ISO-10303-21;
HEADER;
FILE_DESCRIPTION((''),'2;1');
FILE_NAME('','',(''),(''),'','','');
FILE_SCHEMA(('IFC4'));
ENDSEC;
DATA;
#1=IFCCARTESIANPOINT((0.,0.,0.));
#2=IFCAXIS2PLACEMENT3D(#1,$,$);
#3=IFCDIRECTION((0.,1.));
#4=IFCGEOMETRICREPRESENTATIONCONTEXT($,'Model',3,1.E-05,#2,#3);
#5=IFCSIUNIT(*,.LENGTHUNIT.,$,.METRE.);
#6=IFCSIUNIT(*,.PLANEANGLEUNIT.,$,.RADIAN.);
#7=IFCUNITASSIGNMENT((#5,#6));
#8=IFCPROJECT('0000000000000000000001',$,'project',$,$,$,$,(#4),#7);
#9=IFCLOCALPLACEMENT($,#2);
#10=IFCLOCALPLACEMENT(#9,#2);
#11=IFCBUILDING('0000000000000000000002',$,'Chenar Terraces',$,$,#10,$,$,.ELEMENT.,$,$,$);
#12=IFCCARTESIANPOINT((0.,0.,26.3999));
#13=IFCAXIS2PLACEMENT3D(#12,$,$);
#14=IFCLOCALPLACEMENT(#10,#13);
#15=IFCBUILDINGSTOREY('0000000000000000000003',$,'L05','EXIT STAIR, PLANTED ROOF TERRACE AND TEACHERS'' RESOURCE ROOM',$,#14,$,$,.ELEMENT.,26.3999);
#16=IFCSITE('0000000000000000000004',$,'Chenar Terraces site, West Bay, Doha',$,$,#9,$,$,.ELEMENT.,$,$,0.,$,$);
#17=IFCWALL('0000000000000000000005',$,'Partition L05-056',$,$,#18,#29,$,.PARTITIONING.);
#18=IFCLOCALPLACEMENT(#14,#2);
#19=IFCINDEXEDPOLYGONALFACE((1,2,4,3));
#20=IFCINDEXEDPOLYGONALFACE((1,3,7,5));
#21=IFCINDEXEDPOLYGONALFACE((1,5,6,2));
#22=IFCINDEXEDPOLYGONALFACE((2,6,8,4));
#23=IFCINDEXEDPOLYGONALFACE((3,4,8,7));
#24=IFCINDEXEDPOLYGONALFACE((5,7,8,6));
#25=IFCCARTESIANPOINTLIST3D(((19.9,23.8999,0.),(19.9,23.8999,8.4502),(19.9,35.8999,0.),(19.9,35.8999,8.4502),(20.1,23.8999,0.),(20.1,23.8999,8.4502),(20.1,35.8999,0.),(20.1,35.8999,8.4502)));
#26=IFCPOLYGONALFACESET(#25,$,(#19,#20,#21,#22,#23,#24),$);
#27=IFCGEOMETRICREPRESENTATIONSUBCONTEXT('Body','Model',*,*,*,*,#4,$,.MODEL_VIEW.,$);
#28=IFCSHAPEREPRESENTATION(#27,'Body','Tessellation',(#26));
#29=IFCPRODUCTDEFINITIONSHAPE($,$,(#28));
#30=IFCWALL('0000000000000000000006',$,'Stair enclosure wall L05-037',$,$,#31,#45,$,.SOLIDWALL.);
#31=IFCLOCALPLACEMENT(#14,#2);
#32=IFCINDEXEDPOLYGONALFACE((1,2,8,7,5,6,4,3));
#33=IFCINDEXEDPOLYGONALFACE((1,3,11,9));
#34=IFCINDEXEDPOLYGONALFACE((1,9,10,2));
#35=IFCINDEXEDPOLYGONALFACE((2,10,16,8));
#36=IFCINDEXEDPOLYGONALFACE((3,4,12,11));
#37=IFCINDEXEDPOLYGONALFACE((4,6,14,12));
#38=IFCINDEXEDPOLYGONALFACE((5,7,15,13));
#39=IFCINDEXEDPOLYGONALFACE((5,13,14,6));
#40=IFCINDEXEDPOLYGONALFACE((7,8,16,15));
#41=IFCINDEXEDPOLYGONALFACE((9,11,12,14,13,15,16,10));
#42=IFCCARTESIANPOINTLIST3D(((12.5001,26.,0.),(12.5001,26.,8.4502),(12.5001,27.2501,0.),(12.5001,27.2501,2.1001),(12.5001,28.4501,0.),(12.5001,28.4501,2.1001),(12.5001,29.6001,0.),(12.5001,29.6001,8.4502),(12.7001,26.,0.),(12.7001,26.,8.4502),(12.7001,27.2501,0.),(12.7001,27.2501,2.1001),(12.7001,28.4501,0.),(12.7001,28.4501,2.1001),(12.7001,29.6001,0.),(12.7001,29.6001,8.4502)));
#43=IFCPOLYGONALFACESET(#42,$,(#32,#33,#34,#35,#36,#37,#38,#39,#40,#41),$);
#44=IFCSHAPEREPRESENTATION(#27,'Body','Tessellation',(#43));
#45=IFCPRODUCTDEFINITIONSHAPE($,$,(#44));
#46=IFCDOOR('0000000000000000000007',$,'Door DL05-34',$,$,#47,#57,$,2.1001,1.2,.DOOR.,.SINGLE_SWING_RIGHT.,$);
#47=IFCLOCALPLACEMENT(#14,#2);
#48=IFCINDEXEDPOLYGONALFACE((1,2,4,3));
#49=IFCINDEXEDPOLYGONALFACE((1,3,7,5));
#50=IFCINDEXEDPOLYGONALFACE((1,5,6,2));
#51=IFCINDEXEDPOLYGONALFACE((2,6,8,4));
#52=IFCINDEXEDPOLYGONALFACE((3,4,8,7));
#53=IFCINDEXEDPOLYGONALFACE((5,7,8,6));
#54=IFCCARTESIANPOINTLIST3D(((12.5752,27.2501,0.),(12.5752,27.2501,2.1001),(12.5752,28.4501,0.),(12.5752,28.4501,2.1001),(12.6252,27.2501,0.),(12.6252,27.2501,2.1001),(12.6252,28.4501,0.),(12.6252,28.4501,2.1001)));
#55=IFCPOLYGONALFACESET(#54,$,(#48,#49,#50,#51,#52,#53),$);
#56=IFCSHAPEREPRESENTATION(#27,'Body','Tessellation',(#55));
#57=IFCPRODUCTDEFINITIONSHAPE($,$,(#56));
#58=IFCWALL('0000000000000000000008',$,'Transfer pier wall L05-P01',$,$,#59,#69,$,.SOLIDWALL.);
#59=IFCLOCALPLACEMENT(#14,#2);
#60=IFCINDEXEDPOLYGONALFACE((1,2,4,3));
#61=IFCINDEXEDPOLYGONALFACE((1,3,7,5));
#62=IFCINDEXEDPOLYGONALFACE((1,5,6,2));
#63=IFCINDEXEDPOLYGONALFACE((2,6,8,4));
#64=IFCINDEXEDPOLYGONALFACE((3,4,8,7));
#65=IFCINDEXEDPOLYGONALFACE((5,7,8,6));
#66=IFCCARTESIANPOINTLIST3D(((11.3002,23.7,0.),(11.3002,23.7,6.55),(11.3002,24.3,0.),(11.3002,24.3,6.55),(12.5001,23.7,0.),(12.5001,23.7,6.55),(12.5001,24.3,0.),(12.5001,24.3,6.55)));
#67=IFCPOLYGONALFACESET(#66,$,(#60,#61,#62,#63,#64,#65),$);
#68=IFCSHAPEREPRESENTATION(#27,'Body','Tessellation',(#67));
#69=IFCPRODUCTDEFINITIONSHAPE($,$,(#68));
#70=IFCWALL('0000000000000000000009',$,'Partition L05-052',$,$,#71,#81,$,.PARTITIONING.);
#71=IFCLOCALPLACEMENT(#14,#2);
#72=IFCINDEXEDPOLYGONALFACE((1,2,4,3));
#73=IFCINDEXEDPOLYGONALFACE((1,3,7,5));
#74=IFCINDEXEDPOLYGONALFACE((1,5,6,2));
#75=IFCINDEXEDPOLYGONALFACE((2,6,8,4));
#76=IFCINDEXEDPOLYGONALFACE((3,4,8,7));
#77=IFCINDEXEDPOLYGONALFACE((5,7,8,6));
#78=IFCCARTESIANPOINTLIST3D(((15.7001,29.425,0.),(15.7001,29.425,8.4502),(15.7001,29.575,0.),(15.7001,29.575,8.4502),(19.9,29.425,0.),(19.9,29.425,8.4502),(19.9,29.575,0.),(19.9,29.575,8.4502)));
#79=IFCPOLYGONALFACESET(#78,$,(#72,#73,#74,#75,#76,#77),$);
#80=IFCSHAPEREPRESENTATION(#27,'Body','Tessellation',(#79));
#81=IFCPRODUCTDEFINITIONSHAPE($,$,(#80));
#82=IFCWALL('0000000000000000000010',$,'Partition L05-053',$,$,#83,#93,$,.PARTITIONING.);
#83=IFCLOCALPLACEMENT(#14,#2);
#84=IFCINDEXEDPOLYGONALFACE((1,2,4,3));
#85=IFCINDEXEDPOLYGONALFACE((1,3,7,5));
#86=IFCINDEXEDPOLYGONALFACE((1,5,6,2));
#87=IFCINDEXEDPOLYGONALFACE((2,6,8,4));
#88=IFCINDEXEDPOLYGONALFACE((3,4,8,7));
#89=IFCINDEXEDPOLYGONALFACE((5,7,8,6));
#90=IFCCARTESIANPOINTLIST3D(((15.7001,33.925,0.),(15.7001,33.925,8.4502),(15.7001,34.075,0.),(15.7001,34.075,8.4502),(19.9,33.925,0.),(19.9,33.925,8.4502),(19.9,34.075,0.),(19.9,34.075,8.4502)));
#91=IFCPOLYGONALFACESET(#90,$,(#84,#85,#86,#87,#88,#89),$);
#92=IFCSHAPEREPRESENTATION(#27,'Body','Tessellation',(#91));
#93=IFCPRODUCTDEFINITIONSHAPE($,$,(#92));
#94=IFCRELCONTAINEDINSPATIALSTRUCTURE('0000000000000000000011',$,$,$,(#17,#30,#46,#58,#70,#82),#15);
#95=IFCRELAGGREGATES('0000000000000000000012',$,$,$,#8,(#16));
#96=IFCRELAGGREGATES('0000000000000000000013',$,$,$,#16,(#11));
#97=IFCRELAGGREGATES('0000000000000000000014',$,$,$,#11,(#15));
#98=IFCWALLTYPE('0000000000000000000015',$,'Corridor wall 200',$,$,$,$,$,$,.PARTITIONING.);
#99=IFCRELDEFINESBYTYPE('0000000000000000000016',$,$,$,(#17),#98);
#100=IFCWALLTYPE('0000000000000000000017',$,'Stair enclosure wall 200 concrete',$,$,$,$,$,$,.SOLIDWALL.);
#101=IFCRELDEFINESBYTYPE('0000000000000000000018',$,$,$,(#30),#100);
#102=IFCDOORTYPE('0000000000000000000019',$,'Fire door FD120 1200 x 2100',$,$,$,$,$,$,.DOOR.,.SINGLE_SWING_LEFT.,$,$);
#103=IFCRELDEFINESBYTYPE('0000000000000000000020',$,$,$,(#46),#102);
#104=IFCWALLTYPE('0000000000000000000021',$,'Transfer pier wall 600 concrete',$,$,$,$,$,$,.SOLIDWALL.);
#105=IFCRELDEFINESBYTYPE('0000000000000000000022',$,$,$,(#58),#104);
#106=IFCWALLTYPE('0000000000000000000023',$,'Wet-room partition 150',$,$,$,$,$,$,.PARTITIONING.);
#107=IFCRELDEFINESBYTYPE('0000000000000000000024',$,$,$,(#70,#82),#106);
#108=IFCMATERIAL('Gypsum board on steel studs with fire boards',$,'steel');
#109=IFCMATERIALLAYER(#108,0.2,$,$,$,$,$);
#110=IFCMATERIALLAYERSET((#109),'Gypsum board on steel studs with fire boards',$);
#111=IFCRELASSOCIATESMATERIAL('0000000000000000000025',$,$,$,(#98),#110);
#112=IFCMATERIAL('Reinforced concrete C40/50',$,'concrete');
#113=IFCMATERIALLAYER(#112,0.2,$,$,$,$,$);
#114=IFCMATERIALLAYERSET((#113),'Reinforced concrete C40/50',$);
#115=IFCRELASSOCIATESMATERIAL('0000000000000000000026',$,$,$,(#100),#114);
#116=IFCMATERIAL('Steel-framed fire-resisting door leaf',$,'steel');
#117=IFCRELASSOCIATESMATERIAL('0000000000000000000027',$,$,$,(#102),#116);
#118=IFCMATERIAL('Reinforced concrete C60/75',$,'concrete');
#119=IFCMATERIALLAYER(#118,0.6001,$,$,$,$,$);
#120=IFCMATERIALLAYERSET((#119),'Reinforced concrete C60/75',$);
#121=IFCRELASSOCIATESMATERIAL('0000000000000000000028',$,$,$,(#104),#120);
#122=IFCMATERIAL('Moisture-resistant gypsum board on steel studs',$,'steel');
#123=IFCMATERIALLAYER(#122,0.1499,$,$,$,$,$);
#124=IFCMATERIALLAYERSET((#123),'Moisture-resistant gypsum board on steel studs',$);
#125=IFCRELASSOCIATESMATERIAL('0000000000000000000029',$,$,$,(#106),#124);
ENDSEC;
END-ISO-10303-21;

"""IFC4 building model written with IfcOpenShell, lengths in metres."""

from ifc_helpers import new_model, si_unit, direction, frame, frame_2d, origin, place, context, subcontext, project, spatial, rectangle, extrude, material, layer, layer_set, type_object, element, fill, save


model = new_model("IFC4")

# Units and contexts
model_context = context("Model", 3, precision=1e-05, world=origin(), true_north=direction((0.0, 1.0)))
body_context = subcontext(model_context, "Body", "Model", "MODEL_VIEW")
ifc_project = project(units=[si_unit("LENGTHUNIT", "METRE"), si_unit("PLANEANGLEUNIT", "RADIAN")], contexts=[model_context])

# Site, building, storey
site_placement = place(None, origin())
site = spatial("IfcSite", under=ifc_project, at=site_placement, Name="Chenar Terraces site, West Bay, Doha", CompositionType="ELEMENT", RefElevation=0.0)
building_placement = place(site_placement, origin())
building = spatial("IfcBuilding", under=site, at=building_placement, Name="Chenar Terraces", CompositionType="ELEMENT")
storey_placement = place(building_placement, frame((0.0, 0.0, 26.3999)))
storey = spatial("IfcBuildingStorey", under=building, at=storey_placement, Name="L05", Description="EXIT STAIR, PLANTED ROOF TERRACE AND TEACHERS' RESOURCE ROOM", CompositionType="ELEMENT", Elevation=26.3999)

# Shared definitions
ifc_material_1 = material(Name="Gypsum board on steel studs with fire boards", Category="steel")
ifc_layer_1 = layer(ifc_material_1, 0.2)
ifc_layer_set_1 = layer_set([ifc_layer_1], Name="Gypsum board on steel studs with fire boards")
wall_type_1 = type_object("IfcWallType", Name="Corridor wall 200", PredefinedType="PARTITIONING", material=ifc_layer_set_1)

# Wall
wall_1_placement = place(storey_placement, frame((20.0, 23.8999, 0.0), z_axis=(0.0, 0.0, 1.0), x_axis=(0.0, 1.0, 0.0)))
element("IfcWall", 1, at=wall_1_placement, inside=storey, type_object=wall_type_1, Name="Partition L05-056", PredefinedType="PARTITIONING", context=body_context, shape_type="SweptSolid", body=[
    extrude(rectangle(XDim=12.0, YDim=0.2, at=frame_2d((6.0, 0.0))), origin(), (0.0, 0.0, 1.0), 8.4502),
])

# Wall, opening, door
ifc_material_2 = material(Name="Reinforced concrete C40/50", Category="concrete")
ifc_layer_2 = layer(ifc_material_2, 0.2)
ifc_layer_set_2 = layer_set([ifc_layer_2], Name="Reinforced concrete C40/50")
wall_type_2 = type_object("IfcWallType", Name="Stair enclosure wall 200 concrete", PredefinedType="SOLIDWALL", material=ifc_layer_set_2)
wall_2_placement = place(storey_placement, frame((12.6001, 26.0, 0.0), z_axis=(0.0, 0.0, 1.0), x_axis=(0.0, 1.0, 0.0)))
wall_2 = element("IfcWall", 2, at=wall_2_placement, inside=storey, type_object=wall_type_2, Name="Stair enclosure wall L05-037", PredefinedType="SOLIDWALL", context=body_context, shape_type="SweptSolid", body=[
    extrude(rectangle(XDim=3.6001, YDim=0.2, at=frame_2d((1.8, 0.0))), origin(), (0.0, 0.0, 1.0), 8.4502),
])
opening_1_placement = place(wall_2_placement, frame((1.25, 0.0, 0.0)))
opening_1 = element("IfcOpeningElement", 3, at=opening_1_placement, cuts=wall_2, PredefinedType="OPENING", context=body_context, shape_type="SweptSolid", body=[
    extrude(rectangle(XDim=1.2, YDim=2.1001, at=frame_2d((0.6001, 1.05))), frame((0.0, 0.1099, 0.0), z_axis=(0.0, -1.0, 0.0), x_axis=(1.0, 0.0, 0.0)), (0.0, 0.0, 1.0), 0.22),
])
ifc_material_3 = material(Name="Steel-framed fire-resisting door leaf", Category="steel")
door_type_1 = type_object("IfcDoorType", Name="Fire door FD120 1200 x 2100", OperationType="SINGLE_SWING_LEFT", PredefinedType="DOOR", material=ifc_material_3)
door_1_placement = place(opening_1_placement, origin())
door_1 = element("IfcDoor", 4, at=door_1_placement, inside=storey, type_object=door_type_1, Name="Door DL05-34", OperationType="SINGLE_SWING_RIGHT", OverallHeight=2.1001, OverallWidth=1.2, PredefinedType="DOOR", context=body_context, shape_type="SweptSolid", body=[
    extrude(rectangle(XDim=1.2, YDim=2.1001, at=frame_2d((0.6001, 1.05))), frame((0.0, 0.0249, 0.0), z_axis=(0.0, -1.0, 0.0), x_axis=(1.0, 0.0, 0.0)), (0.0, 0.0, 1.0), 0.05),
])
fill(opening_1, door_1)

# Walls
ifc_material_4 = material(Name="Reinforced concrete C60/75", Category="concrete")
ifc_layer_3 = layer(ifc_material_4, 0.6001)
ifc_layer_set_3 = layer_set([ifc_layer_3], Name="Reinforced concrete C60/75")
wall_type_3 = type_object("IfcWallType", Name="Transfer pier wall 600 concrete", PredefinedType="SOLIDWALL", material=ifc_layer_set_3)
wall_3_placement = place(storey_placement, frame((11.3, 24.0, 0.0), z_axis=(0.0, 0.0, 1.0), x_axis=(1.0, 0.0, 0.0)))
element("IfcWall", 5, at=wall_3_placement, inside=storey, type_object=wall_type_3, Name="Transfer pier wall L05-P01", PredefinedType="SOLIDWALL", context=body_context, shape_type="SweptSolid", body=[
    extrude(rectangle(XDim=1.2, YDim=0.6001, at=frame_2d((0.6001, 0.0))), origin(), (0.0, 0.0, 1.0), 6.55),
])
ifc_material_5 = material(Name="Moisture-resistant gypsum board on steel studs", Category="steel")
ifc_layer_4 = layer(ifc_material_5, 0.1499)
ifc_layer_set_4 = layer_set([ifc_layer_4], Name="Moisture-resistant gypsum board on steel studs")
wall_type_4 = type_object("IfcWallType", Name="Wet-room partition 150", PredefinedType="PARTITIONING", material=ifc_layer_set_4)
for number, where, z_axis, x_axis, name in (
    (6, (15.7, 29.5, 0.0), (0.0, 0.0, 1.0), (1.0, 0.0, 0.0), "Partition L05-052"),
    (7, (15.7, 34.0, 0.0), (0.0, 0.0, 1.0), (1.0, 0.0, 0.0), "Partition L05-053"),
):
    element("IfcWall", number, at=place(storey_placement, frame(where, z_axis=z_axis, x_axis=x_axis)), inside=storey, type_object=wall_type_4, Name=name, PredefinedType="PARTITIONING", context=body_context, shape_type="SweptSolid", body=[
        extrude(rectangle(XDim=4.2, YDim=0.1499, at=frame_2d((2.1001, 0.0))), origin(), (0.0, 0.0, 1.0), 8.4502),
    ])

save(model, "model.ifc")
